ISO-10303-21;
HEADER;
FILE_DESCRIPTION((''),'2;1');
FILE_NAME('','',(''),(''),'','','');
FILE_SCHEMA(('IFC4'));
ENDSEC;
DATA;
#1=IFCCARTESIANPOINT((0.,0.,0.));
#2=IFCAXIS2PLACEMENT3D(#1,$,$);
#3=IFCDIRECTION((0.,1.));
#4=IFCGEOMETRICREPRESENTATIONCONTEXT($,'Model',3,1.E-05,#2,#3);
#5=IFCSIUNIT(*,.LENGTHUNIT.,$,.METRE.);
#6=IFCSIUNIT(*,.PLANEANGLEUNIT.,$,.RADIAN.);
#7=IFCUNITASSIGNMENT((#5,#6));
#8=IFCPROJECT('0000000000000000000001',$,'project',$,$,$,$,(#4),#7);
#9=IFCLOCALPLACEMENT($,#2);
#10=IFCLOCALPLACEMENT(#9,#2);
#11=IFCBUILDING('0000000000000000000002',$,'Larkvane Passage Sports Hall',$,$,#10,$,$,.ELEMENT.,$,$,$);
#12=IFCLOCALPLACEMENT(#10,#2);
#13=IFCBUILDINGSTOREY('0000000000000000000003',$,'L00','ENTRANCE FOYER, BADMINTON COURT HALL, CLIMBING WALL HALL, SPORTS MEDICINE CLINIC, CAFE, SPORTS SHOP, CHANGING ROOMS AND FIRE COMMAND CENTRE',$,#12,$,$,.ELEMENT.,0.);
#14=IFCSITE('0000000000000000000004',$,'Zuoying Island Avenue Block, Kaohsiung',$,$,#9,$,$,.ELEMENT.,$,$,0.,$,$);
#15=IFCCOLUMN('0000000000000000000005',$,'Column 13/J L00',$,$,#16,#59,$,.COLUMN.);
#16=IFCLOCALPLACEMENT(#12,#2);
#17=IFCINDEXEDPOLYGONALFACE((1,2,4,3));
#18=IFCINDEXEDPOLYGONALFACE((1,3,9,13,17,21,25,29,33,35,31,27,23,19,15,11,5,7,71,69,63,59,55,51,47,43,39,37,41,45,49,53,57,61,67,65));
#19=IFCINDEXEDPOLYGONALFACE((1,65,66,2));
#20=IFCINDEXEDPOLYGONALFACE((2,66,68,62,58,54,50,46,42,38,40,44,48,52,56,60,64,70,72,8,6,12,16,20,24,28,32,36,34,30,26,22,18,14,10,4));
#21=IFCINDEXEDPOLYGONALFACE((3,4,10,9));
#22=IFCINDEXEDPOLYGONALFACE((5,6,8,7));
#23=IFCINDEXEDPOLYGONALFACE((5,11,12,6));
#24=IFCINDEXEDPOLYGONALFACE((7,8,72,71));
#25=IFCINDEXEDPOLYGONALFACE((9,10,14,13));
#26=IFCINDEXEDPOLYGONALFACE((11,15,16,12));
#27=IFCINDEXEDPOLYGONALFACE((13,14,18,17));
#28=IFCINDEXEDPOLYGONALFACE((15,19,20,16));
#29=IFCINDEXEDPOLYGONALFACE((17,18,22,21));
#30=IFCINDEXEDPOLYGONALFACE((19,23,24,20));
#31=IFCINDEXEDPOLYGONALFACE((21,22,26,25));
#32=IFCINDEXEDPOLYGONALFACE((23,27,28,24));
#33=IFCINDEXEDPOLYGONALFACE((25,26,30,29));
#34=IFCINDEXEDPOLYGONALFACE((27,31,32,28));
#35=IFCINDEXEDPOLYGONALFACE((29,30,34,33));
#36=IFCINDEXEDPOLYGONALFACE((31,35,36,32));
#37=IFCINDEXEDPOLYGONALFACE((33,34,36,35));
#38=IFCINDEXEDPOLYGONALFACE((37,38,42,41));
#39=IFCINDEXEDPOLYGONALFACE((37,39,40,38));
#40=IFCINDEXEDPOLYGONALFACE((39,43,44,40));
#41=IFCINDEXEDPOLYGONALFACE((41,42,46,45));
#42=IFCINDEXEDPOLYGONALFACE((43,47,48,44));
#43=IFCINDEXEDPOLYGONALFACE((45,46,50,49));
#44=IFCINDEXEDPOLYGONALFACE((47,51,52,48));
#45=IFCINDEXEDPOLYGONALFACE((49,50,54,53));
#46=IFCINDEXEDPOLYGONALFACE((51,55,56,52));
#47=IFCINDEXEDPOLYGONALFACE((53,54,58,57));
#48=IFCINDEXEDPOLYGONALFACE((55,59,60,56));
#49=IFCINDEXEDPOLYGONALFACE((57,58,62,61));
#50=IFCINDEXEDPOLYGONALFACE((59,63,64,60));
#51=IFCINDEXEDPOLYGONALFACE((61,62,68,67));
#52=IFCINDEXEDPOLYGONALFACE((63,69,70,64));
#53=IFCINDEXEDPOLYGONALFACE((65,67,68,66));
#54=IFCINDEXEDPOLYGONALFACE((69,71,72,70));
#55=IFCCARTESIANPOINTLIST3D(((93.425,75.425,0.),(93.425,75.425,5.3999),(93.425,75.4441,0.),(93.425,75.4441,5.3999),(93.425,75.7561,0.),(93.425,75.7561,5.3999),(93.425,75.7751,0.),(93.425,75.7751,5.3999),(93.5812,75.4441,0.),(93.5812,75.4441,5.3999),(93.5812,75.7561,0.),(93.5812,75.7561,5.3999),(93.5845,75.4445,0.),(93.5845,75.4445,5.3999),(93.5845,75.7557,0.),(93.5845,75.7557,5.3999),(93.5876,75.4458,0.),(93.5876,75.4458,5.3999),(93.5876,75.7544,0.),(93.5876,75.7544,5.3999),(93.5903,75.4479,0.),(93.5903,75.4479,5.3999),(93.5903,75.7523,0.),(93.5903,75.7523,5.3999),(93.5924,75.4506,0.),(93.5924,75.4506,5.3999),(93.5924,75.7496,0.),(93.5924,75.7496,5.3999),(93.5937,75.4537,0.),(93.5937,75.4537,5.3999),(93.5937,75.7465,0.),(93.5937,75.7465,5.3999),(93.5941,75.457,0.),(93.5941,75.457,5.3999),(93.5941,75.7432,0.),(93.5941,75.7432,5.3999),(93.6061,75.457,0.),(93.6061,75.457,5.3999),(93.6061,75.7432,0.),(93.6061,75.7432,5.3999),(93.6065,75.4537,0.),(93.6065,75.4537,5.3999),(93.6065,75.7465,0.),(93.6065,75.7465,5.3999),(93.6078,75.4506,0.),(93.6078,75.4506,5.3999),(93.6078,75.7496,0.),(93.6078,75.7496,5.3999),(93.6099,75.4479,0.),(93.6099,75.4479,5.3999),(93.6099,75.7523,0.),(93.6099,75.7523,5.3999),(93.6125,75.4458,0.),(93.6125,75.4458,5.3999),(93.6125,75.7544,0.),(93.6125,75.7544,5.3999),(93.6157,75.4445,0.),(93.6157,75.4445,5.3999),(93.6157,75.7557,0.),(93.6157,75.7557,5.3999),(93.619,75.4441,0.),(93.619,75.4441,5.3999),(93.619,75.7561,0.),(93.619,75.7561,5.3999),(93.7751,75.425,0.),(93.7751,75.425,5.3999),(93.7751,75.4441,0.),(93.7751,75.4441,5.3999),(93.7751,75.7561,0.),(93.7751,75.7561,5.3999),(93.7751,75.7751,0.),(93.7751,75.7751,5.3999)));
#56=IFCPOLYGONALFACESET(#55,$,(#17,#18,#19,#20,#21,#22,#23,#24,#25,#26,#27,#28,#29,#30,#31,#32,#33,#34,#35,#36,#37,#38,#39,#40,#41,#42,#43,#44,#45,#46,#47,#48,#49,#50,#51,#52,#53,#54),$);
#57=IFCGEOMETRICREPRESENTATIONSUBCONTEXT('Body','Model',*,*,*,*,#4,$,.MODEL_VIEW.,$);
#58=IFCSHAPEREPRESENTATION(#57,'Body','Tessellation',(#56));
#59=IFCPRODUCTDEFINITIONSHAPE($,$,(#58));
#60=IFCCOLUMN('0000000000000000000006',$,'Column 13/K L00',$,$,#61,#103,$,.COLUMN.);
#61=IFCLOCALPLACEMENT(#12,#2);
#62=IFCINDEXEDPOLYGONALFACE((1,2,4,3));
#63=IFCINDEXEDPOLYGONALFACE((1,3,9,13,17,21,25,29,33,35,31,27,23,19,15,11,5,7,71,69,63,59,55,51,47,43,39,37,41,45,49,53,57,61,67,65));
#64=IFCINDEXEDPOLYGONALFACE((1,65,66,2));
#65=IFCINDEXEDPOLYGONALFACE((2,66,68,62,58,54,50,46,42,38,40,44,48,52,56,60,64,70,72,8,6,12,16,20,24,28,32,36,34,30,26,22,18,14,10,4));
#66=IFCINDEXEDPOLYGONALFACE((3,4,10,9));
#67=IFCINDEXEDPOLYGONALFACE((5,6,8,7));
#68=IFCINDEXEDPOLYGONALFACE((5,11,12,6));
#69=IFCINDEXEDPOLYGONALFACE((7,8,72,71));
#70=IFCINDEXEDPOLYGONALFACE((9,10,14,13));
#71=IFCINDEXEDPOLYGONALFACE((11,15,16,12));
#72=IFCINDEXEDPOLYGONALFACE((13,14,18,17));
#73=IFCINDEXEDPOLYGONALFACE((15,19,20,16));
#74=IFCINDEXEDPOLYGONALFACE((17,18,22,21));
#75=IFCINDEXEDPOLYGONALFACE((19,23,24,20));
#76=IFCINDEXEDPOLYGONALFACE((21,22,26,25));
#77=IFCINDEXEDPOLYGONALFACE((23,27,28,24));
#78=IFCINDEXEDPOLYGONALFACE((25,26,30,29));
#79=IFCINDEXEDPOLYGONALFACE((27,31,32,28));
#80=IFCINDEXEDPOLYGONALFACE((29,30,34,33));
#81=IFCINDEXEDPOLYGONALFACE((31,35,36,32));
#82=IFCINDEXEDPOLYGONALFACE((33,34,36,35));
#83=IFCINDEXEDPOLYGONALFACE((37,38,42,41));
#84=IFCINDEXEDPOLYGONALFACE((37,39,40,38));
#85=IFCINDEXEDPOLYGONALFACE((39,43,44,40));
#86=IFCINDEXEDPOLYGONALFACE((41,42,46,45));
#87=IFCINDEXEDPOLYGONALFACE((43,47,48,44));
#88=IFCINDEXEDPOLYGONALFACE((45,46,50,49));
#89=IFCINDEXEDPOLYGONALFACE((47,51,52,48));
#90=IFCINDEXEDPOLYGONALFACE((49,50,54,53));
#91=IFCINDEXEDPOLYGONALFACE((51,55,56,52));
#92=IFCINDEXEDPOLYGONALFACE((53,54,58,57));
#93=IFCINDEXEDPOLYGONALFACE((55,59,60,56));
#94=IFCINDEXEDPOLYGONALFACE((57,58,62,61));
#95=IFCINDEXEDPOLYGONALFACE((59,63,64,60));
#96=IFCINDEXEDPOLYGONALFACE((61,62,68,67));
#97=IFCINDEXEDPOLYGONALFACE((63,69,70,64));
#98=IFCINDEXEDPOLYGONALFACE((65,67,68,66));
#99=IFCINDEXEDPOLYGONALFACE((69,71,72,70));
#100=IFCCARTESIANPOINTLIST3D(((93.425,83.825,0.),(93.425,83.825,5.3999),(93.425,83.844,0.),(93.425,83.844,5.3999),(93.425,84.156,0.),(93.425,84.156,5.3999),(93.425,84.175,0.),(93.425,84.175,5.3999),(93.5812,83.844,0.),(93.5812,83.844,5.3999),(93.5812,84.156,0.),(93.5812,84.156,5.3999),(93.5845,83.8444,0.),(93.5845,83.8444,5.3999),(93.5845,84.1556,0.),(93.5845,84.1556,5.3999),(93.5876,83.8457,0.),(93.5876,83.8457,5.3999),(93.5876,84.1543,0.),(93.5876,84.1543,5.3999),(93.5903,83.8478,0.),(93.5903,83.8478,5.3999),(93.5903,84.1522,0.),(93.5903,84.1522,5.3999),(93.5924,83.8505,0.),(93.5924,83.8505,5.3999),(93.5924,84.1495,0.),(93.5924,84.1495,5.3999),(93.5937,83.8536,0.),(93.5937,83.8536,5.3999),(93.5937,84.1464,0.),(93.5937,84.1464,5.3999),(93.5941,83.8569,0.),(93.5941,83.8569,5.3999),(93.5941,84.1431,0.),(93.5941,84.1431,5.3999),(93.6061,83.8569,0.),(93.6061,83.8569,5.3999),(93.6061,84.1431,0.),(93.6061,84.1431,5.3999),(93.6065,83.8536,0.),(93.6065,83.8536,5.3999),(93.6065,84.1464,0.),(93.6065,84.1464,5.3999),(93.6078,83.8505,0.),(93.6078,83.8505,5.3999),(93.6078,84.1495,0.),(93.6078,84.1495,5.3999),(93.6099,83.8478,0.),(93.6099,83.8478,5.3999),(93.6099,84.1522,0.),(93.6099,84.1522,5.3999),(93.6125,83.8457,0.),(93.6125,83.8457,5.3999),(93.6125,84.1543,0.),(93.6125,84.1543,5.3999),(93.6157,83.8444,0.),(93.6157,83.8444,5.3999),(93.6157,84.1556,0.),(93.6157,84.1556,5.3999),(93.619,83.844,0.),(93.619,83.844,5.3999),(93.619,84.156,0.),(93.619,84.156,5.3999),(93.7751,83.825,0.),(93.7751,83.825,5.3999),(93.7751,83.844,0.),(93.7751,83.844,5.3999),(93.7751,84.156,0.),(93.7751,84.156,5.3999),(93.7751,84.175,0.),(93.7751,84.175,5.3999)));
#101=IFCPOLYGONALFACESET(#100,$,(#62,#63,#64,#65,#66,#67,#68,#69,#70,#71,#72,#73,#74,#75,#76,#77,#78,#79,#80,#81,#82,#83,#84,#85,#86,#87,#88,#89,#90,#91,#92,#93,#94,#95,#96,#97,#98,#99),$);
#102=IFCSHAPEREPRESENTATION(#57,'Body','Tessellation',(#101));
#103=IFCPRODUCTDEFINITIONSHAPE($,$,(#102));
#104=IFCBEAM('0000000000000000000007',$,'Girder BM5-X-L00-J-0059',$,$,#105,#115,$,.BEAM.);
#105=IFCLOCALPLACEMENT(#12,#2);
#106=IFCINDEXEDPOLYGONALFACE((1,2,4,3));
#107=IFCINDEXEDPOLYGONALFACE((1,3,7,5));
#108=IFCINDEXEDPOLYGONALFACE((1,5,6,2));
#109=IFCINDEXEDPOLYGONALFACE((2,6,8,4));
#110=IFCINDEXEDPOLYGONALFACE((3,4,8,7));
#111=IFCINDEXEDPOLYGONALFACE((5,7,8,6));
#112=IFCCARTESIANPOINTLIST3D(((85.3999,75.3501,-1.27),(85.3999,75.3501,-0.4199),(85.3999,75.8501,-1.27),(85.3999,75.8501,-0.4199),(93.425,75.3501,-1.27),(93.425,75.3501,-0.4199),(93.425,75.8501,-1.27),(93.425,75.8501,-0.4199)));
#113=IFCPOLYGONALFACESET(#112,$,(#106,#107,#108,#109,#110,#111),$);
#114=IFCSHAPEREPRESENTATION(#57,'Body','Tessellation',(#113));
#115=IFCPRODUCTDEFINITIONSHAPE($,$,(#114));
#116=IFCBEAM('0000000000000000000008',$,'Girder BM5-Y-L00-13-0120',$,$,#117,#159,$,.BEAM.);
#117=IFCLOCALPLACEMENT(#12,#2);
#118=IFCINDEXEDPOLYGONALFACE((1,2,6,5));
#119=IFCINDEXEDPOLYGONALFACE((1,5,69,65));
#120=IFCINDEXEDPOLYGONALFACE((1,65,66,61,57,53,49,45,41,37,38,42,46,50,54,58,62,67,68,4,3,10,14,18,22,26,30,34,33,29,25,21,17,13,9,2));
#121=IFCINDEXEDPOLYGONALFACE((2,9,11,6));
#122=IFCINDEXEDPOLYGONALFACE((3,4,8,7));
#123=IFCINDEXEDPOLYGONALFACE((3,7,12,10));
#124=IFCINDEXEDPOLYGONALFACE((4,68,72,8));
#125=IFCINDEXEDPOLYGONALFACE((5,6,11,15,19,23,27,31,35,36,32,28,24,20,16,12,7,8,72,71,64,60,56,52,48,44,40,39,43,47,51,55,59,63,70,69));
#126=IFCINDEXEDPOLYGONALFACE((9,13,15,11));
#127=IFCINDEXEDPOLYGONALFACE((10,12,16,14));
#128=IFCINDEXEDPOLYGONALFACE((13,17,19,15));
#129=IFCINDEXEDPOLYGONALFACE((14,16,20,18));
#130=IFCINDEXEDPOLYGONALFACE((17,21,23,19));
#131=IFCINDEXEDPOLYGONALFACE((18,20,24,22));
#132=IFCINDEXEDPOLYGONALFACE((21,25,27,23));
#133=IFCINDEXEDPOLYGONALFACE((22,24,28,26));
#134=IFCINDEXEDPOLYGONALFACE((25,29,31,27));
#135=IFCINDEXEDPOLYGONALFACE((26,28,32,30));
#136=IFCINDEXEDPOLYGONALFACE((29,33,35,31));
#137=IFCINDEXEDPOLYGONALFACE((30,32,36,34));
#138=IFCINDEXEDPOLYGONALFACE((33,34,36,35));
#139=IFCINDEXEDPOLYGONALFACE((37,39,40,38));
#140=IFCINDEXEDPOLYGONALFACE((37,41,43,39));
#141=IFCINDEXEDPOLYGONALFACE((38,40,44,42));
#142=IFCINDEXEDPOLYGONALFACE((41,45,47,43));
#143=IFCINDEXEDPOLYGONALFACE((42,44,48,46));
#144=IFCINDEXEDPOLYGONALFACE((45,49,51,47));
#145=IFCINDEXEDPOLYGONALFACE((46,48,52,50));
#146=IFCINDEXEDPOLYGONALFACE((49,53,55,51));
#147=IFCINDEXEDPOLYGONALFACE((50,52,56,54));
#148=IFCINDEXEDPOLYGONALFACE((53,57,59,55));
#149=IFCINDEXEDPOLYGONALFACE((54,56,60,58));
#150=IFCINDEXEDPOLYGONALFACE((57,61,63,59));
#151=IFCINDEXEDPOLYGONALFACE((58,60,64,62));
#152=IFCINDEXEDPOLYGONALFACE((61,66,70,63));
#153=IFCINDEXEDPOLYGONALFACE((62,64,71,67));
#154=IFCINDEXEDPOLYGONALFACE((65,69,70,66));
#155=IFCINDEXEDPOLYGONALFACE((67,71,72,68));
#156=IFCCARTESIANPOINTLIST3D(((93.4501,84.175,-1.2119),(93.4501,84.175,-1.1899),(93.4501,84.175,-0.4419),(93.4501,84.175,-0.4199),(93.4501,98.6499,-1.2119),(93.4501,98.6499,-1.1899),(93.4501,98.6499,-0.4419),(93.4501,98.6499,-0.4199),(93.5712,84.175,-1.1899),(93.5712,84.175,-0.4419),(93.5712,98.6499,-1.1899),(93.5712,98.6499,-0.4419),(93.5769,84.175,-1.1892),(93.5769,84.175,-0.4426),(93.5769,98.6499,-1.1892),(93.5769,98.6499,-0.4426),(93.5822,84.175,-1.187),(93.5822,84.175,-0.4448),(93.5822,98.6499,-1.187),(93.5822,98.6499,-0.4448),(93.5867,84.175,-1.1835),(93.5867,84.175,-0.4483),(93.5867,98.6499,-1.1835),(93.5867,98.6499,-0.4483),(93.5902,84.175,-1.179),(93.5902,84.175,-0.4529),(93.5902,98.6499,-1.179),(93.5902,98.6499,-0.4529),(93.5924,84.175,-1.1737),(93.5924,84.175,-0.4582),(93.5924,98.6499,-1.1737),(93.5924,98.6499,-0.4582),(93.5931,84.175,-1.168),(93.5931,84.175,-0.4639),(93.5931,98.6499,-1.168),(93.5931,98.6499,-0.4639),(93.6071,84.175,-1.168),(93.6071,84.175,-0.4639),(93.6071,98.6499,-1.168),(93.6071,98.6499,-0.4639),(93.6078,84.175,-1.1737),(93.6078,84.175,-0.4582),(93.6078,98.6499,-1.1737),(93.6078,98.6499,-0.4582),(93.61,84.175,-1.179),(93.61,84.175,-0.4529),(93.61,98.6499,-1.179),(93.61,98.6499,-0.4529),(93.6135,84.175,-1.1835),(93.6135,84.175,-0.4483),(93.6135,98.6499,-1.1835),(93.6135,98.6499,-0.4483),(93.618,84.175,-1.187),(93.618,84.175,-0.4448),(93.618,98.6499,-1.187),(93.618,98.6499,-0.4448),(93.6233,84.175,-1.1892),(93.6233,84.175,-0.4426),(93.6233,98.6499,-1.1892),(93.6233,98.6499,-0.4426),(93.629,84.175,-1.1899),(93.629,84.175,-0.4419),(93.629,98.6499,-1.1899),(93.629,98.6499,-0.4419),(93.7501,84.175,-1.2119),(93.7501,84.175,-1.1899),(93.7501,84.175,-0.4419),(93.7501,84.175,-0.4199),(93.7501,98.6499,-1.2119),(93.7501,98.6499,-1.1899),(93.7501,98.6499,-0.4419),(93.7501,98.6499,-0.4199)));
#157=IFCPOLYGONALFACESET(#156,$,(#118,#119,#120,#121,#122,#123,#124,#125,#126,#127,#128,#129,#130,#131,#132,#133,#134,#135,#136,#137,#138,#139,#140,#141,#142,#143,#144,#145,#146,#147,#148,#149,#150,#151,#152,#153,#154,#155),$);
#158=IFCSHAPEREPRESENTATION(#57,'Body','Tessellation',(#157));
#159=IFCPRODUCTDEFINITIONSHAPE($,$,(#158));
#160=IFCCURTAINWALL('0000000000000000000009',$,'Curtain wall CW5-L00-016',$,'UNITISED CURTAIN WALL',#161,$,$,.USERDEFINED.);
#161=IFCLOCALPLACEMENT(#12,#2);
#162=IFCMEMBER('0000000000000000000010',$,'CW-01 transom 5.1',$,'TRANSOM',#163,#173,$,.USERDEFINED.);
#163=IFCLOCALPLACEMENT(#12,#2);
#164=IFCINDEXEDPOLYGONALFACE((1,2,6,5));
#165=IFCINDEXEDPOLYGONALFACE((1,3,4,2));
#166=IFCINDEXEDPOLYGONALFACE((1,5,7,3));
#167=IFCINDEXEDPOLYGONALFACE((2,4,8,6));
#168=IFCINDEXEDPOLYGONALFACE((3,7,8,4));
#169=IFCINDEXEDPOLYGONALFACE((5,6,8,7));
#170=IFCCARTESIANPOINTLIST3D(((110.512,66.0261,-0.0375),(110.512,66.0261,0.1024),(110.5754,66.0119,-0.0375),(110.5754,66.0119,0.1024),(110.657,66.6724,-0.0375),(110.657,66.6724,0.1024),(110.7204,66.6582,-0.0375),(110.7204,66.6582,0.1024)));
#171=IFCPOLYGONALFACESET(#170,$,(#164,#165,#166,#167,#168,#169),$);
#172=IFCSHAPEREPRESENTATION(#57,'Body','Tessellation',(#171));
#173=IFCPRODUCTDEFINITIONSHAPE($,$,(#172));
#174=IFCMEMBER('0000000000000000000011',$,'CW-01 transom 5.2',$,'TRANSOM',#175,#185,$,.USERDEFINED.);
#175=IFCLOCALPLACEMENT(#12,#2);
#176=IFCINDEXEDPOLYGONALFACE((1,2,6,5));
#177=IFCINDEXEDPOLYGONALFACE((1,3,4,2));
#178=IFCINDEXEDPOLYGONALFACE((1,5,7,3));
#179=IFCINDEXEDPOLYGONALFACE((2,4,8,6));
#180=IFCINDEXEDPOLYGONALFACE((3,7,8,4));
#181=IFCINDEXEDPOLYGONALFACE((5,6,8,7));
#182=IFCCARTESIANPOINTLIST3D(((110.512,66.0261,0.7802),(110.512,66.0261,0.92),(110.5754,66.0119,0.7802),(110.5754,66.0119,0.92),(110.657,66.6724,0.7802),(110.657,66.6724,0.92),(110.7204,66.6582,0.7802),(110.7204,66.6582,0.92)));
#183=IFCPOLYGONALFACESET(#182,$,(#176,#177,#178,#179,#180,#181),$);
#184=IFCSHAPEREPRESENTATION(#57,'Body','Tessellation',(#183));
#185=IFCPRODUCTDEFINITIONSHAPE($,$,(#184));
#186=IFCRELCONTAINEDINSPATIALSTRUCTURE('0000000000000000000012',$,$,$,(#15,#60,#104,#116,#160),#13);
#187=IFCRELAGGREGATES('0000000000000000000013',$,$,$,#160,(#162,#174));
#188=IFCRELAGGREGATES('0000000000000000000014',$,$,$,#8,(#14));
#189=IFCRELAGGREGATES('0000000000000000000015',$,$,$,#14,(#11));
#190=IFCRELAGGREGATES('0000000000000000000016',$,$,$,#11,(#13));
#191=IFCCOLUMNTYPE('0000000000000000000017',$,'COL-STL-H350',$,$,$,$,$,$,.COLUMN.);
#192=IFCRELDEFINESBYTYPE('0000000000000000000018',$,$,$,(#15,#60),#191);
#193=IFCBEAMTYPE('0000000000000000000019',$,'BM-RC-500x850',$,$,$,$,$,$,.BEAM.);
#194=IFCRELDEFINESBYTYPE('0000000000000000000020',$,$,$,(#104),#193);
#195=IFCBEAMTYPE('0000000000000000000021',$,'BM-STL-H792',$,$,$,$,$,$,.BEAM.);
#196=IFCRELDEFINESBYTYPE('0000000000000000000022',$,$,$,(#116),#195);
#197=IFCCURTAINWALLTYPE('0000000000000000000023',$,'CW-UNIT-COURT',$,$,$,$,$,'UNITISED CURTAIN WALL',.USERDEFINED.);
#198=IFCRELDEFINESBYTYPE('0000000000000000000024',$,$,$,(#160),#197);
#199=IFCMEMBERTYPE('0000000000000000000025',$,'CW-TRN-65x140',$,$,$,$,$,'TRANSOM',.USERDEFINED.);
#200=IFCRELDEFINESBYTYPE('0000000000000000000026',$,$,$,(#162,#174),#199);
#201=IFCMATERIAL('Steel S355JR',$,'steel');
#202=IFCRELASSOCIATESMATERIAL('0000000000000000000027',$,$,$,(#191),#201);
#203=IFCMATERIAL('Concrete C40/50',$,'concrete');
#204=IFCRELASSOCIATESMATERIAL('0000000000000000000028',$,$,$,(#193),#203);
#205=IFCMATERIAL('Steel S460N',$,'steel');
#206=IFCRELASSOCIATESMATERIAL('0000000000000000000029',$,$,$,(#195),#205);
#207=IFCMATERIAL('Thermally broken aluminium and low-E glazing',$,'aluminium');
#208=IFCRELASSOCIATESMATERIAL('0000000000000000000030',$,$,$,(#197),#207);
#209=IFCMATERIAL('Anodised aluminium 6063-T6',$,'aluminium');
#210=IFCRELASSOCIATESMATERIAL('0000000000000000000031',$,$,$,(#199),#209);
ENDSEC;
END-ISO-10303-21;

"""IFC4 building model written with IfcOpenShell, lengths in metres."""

from ifc_helpers import new_model, si_unit, direction, frame, origin, origin_2d, place, context, subcontext, project, spatial, rectangle, i_section, extrude, material, material_profile, profile_set, type_object, element, aggregate, save


model = new_model("IFC4")

# Units and contexts
model_context = context("Model", 3, precision=1e-05, world=origin(), true_north=direction((0.0, 1.0)))
body_context = subcontext(model_context, "Body", "Model", "MODEL_VIEW")
ifc_project = project(units=[si_unit("LENGTHUNIT", "METRE"), si_unit("PLANEANGLEUNIT", "RADIAN")], contexts=[model_context])

# Site, building, storey
site_placement = place(None, origin())
site = spatial("IfcSite", under=ifc_project, at=site_placement, Name="Zuoying Island Avenue Block, Kaohsiung", CompositionType="ELEMENT", RefElevation=0.0)
building_placement = place(site_placement, origin())
building = spatial("IfcBuilding", under=site, at=building_placement, Name="Larkvane Passage Sports Hall", CompositionType="ELEMENT")
storey_placement = place(building_placement, origin())
storey = spatial("IfcBuildingStorey", under=building, at=storey_placement, Name="L00", Description="ENTRANCE FOYER, BADMINTON COURT HALL, CLIMBING WALL HALL, SPORTS MEDICINE CLINIC, CAFE, SPORTS SHOP, CHANGING ROOMS AND FIRE COMMAND CENTRE", CompositionType="ELEMENT", Elevation=0.0)

# Columns
ifc_material_1 = material(Name="Steel S355JR", Category="steel")
ifc_material_profile_1 = material_profile(ifc_material_1, i_section(OverallWidth=0.3501, OverallDepth=0.3501, WebThickness=0.012, FlangeThickness=0.019, FilletRadius=0.0129, at=origin_2d()), Name="H-350x350x12x19")
ifc_profile_set_1 = profile_set([ifc_material_profile_1], Name="Steel S355JR")
column_type = type_object("IfcColumnType", Name="COL-STL-H350", PredefinedType="COLUMN", material=ifc_profile_set_1)
for number, where, z_axis, x_axis, name in (
    (1, (93.6001, 75.6001, 0.0), (0.0, 0.0, 1.0), (1.0, 0.0, 0.0), "Column 13/J L00"),
    (2, (93.6001, 84.0, 0.0), (0.0, 0.0, 1.0), (1.0, 0.0, 0.0), "Column 13/K L00"),
):
    element("IfcColumn", number, at=place(storey_placement, frame(where, z_axis=z_axis, x_axis=x_axis)), inside=storey, type_object=column_type, Name=name, PredefinedType="COLUMN", context=body_context, shape_type="SweptSolid", body=[
        extrude(i_section(OverallWidth=0.3501, OverallDepth=0.3501, WebThickness=0.012, FlangeThickness=0.019, FilletRadius=0.0129, at=origin_2d()), origin(), (0.0, 0.0, 1.0), 5.3999),
    ])

# Beams
ifc_material_2 = material(Name="Concrete C40/50", Category="concrete")
ifc_material_profile_2 = material_profile(ifc_material_2, rectangle(XDim=0.5, YDim=0.8501, at=origin_2d()), Name="RC-BM-500x850")
ifc_profile_set_2 = profile_set([ifc_material_profile_2], Name="Concrete C40/50")
beam_type_1 = type_object("IfcBeamType", Name="BM-RC-500x850", PredefinedType="BEAM", material=ifc_profile_set_2)
beam_1_placement = place(storey_placement, frame((85.3999, 75.6001, -0.845), z_axis=(1.0, 0.0, 0.0), x_axis=(0.0, 1.0, 0.0)))
element("IfcBeam", 3, at=beam_1_placement, inside=storey, type_object=beam_type_1, Name="Girder BM5-X-L00-J-0059", PredefinedType="BEAM", context=body_context, shape_type="SweptSolid", body=[
    extrude(rectangle(XDim=0.5, YDim=0.8501, at=origin_2d()), origin(), (0.0, 0.0, 1.0), 8.0251),
])
ifc_material_3 = material(Name="Steel S460N", Category="steel")
ifc_material_profile_3 = material_profile(ifc_material_3, i_section(OverallWidth=0.3, OverallDepth=0.792, WebThickness=0.0139, FlangeThickness=0.022, FilletRadius=0.022, at=origin_2d()), Name="H-792x300x14x22")
ifc_profile_set_3 = profile_set([ifc_material_profile_3], Name="Steel S460N")
beam_type_2 = type_object("IfcBeamType", Name="BM-STL-H792", PredefinedType="BEAM", material=ifc_profile_set_3)
beam_2_placement = place(storey_placement, frame((93.6001, 84.175, -0.8159), z_axis=(0.0, 1.0, 0.0), x_axis=(-1.0, 0.0, 0.0)))
element("IfcBeam", 4, at=beam_2_placement, inside=storey, type_object=beam_type_2, Name="Girder BM5-Y-L00-13-0120", PredefinedType="BEAM", context=body_context, shape_type="SweptSolid", body=[
    extrude(i_section(OverallWidth=0.3, OverallDepth=0.792, WebThickness=0.0139, FlangeThickness=0.022, FilletRadius=0.022, at=origin_2d()), origin(), (0.0, 0.0, 1.0), 14.4749),
])

# Curtain wall, members
ifc_material_4 = material(Name="Thermally broken aluminium and low-E glazing", Category="aluminium")
curtain_wall_type = type_object("IfcCurtainWallType", Name="CW-UNIT-COURT", ElementType="UNITISED CURTAIN WALL", PredefinedType="USERDEFINED", material=ifc_material_4)
curtain_wall_placement = place(storey_placement, origin())
curtain_wall = element("IfcCurtainWall", 5, at=curtain_wall_placement, inside=storey, type_object=curtain_wall_type, Name="Curtain wall CW5-L00-016", ObjectType="UNITISED CURTAIN WALL", PredefinedType="USERDEFINED")
ifc_material_5 = material(Name="Anodised aluminium 6063-T6", Category="aluminium")
ifc_material_profile_4 = material_profile(ifc_material_5, rectangle(XDim=0.0649, YDim=0.1399, at=origin_2d()), Name="ALU-TRN-65x140")
ifc_profile_set_4 = profile_set([ifc_material_profile_4], Name="Anodised aluminium 6063-T6")
member_type = type_object("IfcMemberType", Name="CW-TRN-65x140", ElementType="TRANSOM", PredefinedType="USERDEFINED", material=ifc_profile_set_4)
member_1_placement = place(storey_placement, frame((110.6887, 66.6653, 0.0325), z_axis=(-0.21896, -0.975734, 0.0), x_axis=(0.975734, -0.21896, 0.0)))
member_1 = element("IfcMember", 6, at=member_1_placement, type_object=member_type, Name="CW-01 transom 5.1", ObjectType="TRANSOM", PredefinedType="USERDEFINED", context=body_context, shape_type="SweptSolid", body=[
    extrude(rectangle(XDim=0.0649, YDim=0.1399, at=origin_2d()), origin(), (0.0, 0.0, 1.0), 0.6624),
])
member_2_placement = place(storey_placement, frame((110.6887, 66.6653, 0.8501), z_axis=(-0.21896, -0.975734, 0.0), x_axis=(0.975734, -0.21896, 0.0)))
member_2 = element("IfcMember", 7, at=member_2_placement, type_object=member_type, Name="CW-01 transom 5.2", ObjectType="TRANSOM", PredefinedType="USERDEFINED", context=body_context, shape_type="SweptSolid", body=[
    extrude(rectangle(XDim=0.0649, YDim=0.1399, at=origin_2d()), origin(), (0.0, 0.0, 1.0), 0.6624),
])

aggregate(curtain_wall, [member_1, member_2])

save(model, "model.ifc")
